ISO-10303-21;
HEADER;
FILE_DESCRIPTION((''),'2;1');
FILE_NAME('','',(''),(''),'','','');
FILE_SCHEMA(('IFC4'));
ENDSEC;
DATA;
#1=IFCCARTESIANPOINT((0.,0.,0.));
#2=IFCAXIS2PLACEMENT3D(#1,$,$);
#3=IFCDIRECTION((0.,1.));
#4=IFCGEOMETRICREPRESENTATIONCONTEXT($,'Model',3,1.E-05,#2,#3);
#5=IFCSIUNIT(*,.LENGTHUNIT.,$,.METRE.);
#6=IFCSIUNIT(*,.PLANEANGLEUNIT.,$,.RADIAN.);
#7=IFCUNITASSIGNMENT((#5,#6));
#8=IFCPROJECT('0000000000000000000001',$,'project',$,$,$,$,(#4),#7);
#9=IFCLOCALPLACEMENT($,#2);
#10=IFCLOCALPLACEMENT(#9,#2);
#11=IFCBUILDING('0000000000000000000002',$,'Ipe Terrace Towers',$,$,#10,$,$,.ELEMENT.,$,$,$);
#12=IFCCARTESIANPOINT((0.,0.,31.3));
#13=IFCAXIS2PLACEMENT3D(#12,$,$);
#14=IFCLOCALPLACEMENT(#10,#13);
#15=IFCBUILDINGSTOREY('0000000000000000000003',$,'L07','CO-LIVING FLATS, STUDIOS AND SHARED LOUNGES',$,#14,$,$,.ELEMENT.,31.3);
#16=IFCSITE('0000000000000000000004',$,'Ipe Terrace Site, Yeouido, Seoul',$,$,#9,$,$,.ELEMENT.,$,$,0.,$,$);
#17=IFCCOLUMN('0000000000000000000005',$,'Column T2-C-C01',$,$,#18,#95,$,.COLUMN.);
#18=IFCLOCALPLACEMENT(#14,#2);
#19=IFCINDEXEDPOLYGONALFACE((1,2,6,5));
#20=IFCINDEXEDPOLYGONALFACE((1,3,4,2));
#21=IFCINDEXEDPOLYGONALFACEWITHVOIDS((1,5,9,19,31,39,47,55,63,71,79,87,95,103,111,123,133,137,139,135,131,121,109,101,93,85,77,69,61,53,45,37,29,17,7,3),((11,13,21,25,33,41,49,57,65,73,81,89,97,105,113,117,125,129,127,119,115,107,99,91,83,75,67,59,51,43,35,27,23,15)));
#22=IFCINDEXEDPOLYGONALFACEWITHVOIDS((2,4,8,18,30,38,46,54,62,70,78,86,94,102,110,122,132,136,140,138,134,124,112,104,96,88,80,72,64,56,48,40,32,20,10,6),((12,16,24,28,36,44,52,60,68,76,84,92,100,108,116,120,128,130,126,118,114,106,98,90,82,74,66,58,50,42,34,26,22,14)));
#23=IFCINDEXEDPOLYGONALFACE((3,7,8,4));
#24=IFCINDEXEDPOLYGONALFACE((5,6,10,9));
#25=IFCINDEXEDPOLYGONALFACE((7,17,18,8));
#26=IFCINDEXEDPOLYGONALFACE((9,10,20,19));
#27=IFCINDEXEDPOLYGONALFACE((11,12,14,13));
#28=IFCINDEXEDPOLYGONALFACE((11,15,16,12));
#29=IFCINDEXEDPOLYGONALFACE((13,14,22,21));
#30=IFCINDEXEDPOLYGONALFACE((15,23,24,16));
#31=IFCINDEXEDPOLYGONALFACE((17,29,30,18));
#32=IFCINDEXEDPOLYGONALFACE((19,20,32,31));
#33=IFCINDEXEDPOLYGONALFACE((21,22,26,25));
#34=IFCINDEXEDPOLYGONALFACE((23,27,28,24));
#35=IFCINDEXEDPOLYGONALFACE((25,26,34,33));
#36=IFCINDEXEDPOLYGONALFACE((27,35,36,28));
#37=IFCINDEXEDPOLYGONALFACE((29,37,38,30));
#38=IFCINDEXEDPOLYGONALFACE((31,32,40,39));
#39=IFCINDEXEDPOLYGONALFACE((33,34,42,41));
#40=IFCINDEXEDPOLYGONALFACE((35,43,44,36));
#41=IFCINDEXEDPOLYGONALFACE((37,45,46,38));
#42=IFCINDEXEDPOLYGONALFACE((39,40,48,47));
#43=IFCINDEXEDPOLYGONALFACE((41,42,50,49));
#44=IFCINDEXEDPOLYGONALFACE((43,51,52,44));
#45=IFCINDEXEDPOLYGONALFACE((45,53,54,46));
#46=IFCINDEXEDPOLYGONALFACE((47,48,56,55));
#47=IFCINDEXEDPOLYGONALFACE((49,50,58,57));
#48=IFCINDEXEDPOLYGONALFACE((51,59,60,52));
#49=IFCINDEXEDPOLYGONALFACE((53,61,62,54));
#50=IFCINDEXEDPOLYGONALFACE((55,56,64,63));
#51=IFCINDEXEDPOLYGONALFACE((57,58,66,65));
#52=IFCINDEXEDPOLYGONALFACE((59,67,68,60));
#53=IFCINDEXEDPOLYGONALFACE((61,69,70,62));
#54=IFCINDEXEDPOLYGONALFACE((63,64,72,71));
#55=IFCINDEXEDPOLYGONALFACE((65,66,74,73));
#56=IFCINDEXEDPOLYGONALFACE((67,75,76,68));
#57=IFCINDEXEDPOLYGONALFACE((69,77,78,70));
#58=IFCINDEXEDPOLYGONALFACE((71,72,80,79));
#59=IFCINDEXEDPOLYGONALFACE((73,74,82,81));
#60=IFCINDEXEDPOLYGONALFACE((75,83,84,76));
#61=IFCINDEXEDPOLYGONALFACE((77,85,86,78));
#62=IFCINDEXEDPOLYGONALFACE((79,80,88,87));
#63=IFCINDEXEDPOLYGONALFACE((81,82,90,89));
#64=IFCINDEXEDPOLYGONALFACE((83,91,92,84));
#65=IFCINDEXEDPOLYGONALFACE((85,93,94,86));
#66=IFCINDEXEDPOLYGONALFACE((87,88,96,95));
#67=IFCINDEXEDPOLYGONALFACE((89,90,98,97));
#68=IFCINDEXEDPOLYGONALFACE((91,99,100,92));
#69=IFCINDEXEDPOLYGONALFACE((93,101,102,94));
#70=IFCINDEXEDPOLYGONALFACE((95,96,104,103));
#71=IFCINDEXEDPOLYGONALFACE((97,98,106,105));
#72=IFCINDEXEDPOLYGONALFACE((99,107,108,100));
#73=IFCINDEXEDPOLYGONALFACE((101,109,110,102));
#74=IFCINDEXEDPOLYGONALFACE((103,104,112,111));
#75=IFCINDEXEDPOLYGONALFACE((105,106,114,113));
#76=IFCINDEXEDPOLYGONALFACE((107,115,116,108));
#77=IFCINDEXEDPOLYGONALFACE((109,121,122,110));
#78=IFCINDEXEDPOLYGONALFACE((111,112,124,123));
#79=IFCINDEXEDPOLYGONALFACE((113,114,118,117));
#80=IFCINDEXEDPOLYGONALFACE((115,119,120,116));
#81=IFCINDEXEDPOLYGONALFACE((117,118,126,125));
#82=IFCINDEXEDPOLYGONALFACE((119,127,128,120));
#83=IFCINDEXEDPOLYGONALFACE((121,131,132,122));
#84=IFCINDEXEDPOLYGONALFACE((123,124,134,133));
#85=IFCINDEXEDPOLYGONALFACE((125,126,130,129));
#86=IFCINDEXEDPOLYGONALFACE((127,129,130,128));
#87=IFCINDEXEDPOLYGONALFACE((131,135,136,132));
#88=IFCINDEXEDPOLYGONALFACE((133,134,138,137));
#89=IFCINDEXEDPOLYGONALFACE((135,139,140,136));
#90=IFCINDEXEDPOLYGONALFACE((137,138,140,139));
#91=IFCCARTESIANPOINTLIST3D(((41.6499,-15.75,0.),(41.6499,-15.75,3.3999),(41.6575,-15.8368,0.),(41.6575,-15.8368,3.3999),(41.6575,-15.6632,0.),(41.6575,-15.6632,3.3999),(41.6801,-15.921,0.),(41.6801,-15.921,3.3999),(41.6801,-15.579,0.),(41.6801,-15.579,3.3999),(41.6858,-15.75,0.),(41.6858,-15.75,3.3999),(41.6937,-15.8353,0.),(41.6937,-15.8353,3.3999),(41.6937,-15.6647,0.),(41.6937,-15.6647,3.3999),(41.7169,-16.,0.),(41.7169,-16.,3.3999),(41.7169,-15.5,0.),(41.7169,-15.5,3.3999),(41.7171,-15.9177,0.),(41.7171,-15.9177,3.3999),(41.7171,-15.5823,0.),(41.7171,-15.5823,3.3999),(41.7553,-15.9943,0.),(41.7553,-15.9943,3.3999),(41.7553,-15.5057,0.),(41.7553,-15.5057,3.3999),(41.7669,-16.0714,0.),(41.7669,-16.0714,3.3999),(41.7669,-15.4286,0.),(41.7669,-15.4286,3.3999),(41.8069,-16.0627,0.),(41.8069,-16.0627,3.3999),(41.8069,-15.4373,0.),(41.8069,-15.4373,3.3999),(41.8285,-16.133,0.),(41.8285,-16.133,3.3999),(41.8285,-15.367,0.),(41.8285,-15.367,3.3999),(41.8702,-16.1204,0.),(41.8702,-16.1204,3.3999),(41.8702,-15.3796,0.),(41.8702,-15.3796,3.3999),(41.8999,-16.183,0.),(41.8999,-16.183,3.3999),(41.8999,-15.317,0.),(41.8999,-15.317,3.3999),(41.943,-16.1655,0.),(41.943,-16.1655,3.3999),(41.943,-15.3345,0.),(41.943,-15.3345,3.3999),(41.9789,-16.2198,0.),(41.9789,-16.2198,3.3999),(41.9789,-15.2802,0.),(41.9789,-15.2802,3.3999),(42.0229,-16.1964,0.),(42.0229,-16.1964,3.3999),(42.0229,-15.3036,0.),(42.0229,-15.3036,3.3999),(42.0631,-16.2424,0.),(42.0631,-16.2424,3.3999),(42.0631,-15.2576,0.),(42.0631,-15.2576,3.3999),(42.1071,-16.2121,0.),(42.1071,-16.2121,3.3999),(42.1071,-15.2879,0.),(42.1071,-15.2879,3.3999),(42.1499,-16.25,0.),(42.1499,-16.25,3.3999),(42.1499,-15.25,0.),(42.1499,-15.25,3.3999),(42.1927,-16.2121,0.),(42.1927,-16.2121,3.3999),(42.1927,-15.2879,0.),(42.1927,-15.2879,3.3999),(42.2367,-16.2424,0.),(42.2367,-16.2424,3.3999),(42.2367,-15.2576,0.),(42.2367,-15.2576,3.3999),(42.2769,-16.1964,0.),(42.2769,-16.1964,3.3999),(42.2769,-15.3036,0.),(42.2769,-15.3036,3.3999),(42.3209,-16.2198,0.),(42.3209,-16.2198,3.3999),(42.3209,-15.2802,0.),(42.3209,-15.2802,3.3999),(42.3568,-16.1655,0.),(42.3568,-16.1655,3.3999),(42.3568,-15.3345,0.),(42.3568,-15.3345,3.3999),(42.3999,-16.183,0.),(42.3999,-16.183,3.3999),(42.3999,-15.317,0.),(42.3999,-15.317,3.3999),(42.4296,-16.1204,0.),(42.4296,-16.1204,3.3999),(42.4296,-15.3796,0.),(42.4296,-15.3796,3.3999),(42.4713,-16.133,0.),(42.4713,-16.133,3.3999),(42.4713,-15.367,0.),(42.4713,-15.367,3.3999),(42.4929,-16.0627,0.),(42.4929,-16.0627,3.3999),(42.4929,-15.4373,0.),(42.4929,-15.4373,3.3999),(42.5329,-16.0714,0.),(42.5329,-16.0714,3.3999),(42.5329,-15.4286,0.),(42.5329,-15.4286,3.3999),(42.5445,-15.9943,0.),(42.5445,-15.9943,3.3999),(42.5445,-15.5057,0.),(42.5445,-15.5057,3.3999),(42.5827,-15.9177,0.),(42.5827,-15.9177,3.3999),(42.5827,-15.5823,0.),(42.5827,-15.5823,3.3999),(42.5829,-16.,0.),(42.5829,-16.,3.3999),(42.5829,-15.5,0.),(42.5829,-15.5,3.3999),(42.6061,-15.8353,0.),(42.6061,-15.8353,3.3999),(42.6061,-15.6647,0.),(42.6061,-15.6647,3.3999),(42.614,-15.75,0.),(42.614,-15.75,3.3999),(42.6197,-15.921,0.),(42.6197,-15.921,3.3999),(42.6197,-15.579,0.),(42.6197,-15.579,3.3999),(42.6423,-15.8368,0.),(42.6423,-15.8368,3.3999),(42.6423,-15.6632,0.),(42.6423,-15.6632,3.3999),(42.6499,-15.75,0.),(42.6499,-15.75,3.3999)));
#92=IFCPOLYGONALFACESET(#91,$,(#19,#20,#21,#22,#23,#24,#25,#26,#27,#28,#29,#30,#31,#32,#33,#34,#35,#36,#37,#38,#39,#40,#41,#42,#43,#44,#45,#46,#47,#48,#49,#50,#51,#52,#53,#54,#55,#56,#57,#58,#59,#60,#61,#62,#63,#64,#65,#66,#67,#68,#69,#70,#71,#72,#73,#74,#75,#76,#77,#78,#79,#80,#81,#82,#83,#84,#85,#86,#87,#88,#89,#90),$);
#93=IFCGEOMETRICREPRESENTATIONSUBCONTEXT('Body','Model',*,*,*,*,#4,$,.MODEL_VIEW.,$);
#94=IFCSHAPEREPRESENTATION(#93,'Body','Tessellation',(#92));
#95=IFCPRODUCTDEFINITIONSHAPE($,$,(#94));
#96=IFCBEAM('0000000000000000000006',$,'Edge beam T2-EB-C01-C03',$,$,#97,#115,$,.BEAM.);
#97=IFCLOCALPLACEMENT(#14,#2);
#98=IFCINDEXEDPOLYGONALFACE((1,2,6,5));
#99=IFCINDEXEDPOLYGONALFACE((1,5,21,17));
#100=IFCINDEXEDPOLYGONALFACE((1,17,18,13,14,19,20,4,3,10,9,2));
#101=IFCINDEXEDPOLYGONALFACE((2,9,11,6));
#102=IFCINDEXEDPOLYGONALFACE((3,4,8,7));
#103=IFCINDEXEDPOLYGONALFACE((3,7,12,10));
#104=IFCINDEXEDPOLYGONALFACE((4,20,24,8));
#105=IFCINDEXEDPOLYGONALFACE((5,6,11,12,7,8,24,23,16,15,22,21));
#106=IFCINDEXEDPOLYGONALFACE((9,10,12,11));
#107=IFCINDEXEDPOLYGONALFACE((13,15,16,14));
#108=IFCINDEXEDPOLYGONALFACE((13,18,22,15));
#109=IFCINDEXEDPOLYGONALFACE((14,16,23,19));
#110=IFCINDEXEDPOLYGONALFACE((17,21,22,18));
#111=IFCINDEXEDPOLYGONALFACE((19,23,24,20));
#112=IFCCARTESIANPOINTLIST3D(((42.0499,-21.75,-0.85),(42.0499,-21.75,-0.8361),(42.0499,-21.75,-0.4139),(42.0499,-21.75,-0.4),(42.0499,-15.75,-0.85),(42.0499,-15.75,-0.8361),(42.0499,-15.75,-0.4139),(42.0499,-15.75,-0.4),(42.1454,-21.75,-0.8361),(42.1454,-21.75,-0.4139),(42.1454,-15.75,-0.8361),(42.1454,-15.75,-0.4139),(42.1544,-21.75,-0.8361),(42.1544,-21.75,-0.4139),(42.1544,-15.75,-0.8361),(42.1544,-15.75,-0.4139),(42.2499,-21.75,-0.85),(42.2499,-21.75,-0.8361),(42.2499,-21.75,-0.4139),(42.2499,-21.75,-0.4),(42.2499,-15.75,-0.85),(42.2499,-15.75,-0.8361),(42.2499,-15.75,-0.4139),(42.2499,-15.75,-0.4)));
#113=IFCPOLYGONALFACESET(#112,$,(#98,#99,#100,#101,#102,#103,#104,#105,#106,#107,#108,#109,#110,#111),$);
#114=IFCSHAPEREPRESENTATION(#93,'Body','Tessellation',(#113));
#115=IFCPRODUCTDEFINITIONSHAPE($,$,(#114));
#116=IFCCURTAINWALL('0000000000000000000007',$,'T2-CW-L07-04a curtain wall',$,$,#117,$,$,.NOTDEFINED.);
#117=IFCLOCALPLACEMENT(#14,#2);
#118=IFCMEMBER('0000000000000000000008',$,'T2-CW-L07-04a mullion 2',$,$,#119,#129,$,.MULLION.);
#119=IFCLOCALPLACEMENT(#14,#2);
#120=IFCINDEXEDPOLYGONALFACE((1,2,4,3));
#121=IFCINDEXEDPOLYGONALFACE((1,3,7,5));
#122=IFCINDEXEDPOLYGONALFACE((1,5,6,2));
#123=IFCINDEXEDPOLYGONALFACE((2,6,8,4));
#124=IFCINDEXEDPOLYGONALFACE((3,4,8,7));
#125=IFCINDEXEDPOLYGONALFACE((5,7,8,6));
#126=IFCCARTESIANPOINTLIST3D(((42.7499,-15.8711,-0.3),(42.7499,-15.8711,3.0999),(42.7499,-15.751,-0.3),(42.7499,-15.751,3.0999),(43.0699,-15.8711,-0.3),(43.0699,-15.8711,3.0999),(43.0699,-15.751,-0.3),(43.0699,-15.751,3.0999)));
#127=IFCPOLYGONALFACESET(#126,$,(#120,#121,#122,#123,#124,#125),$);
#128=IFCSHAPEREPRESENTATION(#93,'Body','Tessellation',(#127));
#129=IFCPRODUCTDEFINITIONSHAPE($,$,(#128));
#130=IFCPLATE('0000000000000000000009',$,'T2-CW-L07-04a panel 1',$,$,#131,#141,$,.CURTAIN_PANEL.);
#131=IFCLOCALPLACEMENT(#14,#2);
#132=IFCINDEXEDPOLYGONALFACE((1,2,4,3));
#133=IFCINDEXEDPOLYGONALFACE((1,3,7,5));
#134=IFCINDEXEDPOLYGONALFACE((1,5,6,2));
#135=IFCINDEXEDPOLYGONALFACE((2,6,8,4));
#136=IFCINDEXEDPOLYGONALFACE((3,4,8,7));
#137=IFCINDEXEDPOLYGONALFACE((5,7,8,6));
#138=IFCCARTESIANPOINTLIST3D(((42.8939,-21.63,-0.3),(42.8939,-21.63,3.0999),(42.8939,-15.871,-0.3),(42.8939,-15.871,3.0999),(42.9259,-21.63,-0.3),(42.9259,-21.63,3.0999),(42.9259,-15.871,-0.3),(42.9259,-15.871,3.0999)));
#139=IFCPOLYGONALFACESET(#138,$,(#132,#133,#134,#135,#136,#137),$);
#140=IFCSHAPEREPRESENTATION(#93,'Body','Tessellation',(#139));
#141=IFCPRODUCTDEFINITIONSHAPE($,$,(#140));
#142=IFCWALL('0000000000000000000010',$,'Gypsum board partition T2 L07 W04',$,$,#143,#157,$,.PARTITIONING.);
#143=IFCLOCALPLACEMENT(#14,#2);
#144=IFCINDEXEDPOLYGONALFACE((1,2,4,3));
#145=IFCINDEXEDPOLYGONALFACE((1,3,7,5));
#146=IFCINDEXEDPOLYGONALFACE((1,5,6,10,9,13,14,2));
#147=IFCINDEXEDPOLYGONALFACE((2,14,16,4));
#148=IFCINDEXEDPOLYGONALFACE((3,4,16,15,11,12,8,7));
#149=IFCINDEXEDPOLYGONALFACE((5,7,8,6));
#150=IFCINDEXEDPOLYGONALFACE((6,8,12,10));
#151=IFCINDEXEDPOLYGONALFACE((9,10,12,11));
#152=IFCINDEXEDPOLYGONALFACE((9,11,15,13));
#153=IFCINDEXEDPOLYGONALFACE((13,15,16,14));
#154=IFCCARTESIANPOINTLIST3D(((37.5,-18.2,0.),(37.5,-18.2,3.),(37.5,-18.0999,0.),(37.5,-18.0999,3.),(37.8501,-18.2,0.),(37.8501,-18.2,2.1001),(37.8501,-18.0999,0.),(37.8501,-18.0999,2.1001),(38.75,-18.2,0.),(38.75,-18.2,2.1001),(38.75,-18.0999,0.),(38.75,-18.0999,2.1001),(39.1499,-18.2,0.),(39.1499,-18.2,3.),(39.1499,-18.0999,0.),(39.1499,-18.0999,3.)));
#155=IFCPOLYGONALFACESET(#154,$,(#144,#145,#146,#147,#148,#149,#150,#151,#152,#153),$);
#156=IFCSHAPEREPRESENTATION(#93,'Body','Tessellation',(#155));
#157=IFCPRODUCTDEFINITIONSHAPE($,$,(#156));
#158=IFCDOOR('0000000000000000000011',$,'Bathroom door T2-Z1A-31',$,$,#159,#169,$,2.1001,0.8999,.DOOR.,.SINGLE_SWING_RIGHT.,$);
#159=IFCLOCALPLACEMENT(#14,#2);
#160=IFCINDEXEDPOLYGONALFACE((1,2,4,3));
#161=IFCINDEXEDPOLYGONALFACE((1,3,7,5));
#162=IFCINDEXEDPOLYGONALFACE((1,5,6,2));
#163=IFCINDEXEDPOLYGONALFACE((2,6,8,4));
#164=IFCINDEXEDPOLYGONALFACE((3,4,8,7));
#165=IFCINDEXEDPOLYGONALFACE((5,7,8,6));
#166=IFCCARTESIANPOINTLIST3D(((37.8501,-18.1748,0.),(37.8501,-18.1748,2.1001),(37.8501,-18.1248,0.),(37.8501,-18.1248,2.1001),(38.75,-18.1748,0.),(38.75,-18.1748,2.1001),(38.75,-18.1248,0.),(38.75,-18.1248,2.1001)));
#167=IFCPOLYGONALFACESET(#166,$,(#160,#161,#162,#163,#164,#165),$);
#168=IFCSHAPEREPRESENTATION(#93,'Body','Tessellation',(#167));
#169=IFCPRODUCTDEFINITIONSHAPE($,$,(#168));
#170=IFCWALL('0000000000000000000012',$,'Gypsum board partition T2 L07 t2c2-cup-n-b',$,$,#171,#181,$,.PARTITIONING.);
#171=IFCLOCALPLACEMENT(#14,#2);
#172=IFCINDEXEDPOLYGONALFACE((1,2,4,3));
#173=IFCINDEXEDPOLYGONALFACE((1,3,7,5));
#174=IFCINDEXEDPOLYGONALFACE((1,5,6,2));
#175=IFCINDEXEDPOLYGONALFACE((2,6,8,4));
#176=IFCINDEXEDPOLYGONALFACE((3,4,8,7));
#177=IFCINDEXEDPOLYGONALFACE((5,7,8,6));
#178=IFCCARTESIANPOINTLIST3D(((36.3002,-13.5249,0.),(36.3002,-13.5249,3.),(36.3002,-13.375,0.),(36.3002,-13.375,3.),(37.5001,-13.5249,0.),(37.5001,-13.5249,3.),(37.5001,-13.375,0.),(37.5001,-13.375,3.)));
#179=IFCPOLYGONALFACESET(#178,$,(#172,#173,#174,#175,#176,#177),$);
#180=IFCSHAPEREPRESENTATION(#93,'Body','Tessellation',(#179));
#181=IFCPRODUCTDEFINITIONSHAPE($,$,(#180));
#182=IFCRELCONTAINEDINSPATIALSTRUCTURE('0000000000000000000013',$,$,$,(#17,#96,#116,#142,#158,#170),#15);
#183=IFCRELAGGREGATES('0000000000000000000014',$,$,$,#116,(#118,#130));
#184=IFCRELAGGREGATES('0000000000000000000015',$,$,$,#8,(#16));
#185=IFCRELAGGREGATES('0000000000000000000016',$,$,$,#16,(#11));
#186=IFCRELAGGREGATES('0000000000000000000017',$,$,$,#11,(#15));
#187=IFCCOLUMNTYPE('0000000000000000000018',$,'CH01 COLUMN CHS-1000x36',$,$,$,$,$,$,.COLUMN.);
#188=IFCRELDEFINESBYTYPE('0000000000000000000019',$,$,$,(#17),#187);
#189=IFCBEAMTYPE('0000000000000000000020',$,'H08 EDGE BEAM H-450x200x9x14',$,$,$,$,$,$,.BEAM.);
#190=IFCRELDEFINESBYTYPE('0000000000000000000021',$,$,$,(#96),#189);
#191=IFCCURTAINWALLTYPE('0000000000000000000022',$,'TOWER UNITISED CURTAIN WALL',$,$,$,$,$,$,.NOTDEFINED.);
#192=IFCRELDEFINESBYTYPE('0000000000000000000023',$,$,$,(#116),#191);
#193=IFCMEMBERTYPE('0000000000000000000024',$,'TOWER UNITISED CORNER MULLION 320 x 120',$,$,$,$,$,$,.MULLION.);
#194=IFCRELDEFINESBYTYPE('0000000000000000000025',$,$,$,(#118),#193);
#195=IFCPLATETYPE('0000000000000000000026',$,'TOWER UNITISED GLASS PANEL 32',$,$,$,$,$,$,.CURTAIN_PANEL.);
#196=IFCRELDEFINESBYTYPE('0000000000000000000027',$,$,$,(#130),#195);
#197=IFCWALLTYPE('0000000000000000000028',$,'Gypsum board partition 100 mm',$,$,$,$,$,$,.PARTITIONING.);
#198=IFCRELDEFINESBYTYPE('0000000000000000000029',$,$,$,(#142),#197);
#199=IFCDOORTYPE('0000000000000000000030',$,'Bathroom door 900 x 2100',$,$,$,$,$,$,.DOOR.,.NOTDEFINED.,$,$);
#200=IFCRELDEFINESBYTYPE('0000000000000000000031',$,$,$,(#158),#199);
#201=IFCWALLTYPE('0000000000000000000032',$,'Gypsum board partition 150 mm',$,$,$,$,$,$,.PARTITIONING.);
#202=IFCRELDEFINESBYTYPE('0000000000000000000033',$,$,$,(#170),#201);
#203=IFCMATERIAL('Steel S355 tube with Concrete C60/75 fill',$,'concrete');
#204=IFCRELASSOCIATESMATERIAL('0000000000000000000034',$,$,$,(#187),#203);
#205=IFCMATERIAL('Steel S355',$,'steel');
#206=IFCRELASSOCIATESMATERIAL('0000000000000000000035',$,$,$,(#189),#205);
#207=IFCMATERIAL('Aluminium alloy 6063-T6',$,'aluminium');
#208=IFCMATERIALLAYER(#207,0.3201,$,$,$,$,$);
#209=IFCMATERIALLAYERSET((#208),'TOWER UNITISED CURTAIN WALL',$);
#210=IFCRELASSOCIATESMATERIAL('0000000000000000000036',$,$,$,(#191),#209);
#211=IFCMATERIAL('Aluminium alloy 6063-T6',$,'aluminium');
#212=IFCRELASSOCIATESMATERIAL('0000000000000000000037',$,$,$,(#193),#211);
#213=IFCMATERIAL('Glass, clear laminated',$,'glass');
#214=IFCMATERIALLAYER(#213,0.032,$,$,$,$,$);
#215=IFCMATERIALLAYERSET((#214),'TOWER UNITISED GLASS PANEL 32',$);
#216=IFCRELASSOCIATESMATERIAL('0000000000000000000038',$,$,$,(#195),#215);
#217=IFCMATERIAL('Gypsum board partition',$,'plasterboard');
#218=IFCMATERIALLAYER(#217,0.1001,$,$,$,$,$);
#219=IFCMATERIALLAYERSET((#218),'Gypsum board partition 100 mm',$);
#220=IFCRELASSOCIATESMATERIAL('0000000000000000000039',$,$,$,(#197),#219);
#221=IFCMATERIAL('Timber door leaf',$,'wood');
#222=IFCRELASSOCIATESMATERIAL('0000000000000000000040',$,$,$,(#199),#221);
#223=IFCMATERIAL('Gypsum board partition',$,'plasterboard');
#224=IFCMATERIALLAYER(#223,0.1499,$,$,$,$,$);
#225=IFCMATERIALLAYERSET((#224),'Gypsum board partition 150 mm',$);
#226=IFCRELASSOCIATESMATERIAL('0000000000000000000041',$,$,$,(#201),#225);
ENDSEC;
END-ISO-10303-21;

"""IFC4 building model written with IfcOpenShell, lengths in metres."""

from ifc_helpers import new_model, si_unit, direction, frame, frame_2d, origin, origin_2d, place, context, subcontext, project, spatial, rectangle, hollow_circle, i_section, extrude, material, layer, layer_set, material_profile, profile_set, type_object, element, fill, aggregate, save


model = new_model("IFC4")

# Units and contexts
model_context = context("Model", 3, precision=1e-05, world=origin(), true_north=direction((0.0, 1.0)))
body_context = subcontext(model_context, "Body", "Model", "MODEL_VIEW")
ifc_project = project(units=[si_unit("LENGTHUNIT", "METRE"), si_unit("PLANEANGLEUNIT", "RADIAN")], contexts=[model_context])

# Site, building, storey
site_placement = place(None, origin())
site = spatial("IfcSite", under=ifc_project, at=site_placement, Name="Ipe Terrace Site, Yeouido, Seoul", CompositionType="ELEMENT", RefElevation=0.0)
building_placement = place(site_placement, origin())
building = spatial("IfcBuilding", under=site, at=building_placement, Name="Ipe Terrace Towers", CompositionType="ELEMENT")
storey_placement = place(building_placement, frame((0.0, 0.0, 31.3)))
storey = spatial("IfcBuildingStorey", under=building, at=storey_placement, Name="L07", Description="CO-LIVING FLATS, STUDIOS AND SHARED LOUNGES", CompositionType="ELEMENT", Elevation=31.3)

# Column
ifc_material_1 = material(Name="Steel S355 tube with Concrete C60/75 fill", Category="concrete")
ifc_material_profile_1 = material_profile(ifc_material_1, hollow_circle(Radius=0.5, WallThickness=0.0359, at=origin_2d()), Name="CHS-1000x36")
ifc_profile_set_1 = profile_set([ifc_material_profile_1], Name="Steel S355 tube with Concrete C60/75 fill")
column_type = type_object("IfcColumnType", Name="CH01 COLUMN CHS-1000x36", PredefinedType="COLUMN", material=ifc_profile_set_1)
column_placement = place(storey_placement, frame((42.1499, -15.75, 0.0), z_axis=(0.0, 0.0, 1.0), x_axis=(1.0, 0.0, 0.0)))
element("IfcColumn", 1, at=column_placement, inside=storey, type_object=column_type, Name="Column T2-C-C01", PredefinedType="COLUMN", context=body_context, shape_type="SweptSolid", body=[
    extrude(hollow_circle(Radius=0.5, WallThickness=0.0359, at=origin_2d()), origin(), (0.0, 0.0, 1.0), 3.3999),
])

# Beam
ifc_material_2 = material(Name="Steel S355", Category="steel")
ifc_material_profile_2 = material_profile(ifc_material_2, i_section(OverallWidth=0.2, OverallDepth=0.45, WebThickness=0.009, FlangeThickness=0.0139, at=origin_2d()), Name="H-450x200x9x14")
ifc_profile_set_2 = profile_set([ifc_material_profile_2], Name="Steel S355")
beam_type = type_object("IfcBeamType", Name="H08 EDGE BEAM H-450x200x9x14", PredefinedType="BEAM", material=ifc_profile_set_2)
beam_placement = place(storey_placement, frame((42.1499, -15.75, -0.625), z_axis=(0.0, -1.0, 0.0), x_axis=(1.0, 0.0, 0.0)))
element("IfcBeam", 2, at=beam_placement, inside=storey, type_object=beam_type, Name="Edge beam T2-EB-C01-C03", PredefinedType="BEAM", context=body_context, shape_type="SweptSolid", body=[
    extrude(i_section(OverallWidth=0.2, OverallDepth=0.45, WebThickness=0.009, FlangeThickness=0.0139, at=origin_2d()), origin(), (0.0, 0.0, 1.0), 6.0),
])

# Curtain wall, member, plate
ifc_material_3 = material(Name="Aluminium alloy 6063-T6", Category="aluminium")
ifc_layer_1 = layer(ifc_material_3, 0.3201)
ifc_layer_set_1 = layer_set([ifc_layer_1], Name="TOWER UNITISED CURTAIN WALL")
curtain_wall_type = type_object("IfcCurtainWallType", Name="TOWER UNITISED CURTAIN WALL", PredefinedType="NOTDEFINED", material=ifc_layer_set_1)
curtain_wall_placement = place(storey_placement, origin())
curtain_wall = element("IfcCurtainWall", 3, at=curtain_wall_placement, inside=storey, type_object=curtain_wall_type, Name="T2-CW-L07-04a curtain wall", PredefinedType="NOTDEFINED")
ifc_material_4 = material(Name="Aluminium alloy 6063-T6", Category="aluminium")
ifc_material_profile_3 = material_profile(ifc_material_4, rectangle(XDim=0.3201, YDim=0.1201, at=origin_2d()), Name="TOWER UNITISED CORNER MULLION 320 x 120")
ifc_profile_set_3 = profile_set([ifc_material_profile_3], Name="Aluminium alloy 6063-T6")
member_type = type_object("IfcMemberType", Name="TOWER UNITISED CORNER MULLION 320 x 120", PredefinedType="MULLION", material=ifc_profile_set_3)
member_placement = place(storey_placement, frame((42.9099, -15.811, -0.3), z_axis=(0.0, 0.0, 1.0), x_axis=(1.0, 0.0, 0.0)))
member = element("IfcMember", 4, at=member_placement, type_object=member_type, Name="T2-CW-L07-04a mullion 2", PredefinedType="MULLION", context=body_context, shape_type="SweptSolid", body=[
    extrude(rectangle(XDim=0.3201, YDim=0.1201, at=origin_2d()), origin(), (0.0, 0.0, 1.0), 3.3999),
])
ifc_material_5 = material(Name="Glass, clear laminated", Category="glass")
ifc_layer_2 = layer(ifc_material_5, 0.032)
ifc_layer_set_2 = layer_set([ifc_layer_2], Name="TOWER UNITISED GLASS PANEL 32")
plate_type = type_object("IfcPlateType", Name="TOWER UNITISED GLASS PANEL 32", PredefinedType="CURTAIN_PANEL", material=ifc_layer_set_2)
plate_placement = place(storey_placement, frame((42.9099, -18.7505, -0.3), z_axis=(0.0, 0.0, 1.0), x_axis=(0.0, 1.0, 0.0)))
plate = element("IfcPlate", 5, at=plate_placement, type_object=plate_type, Name="T2-CW-L07-04a panel 1", PredefinedType="CURTAIN_PANEL", context=body_context, shape_type="SweptSolid", body=[
    extrude(rectangle(XDim=5.759, YDim=0.032, at=origin_2d()), origin(), (0.0, 0.0, 1.0), 3.3999),
])
aggregate(curtain_wall, [member, plate])

# Wall, opening, door
ifc_material_6 = material(Name="Gypsum board partition", Category="plasterboard")
ifc_layer_3 = layer(ifc_material_6, 0.1001)
ifc_layer_set_3 = layer_set([ifc_layer_3], Name="Gypsum board partition 100 mm")
wall_type_1 = type_object("IfcWallType", Name="Gypsum board partition 100 mm", PredefinedType="PARTITIONING", material=ifc_layer_set_3)
wall_1_placement = place(storey_placement, frame((39.1499, -18.1499, 0.0), z_axis=(0.0, 0.0, 1.0), x_axis=(-1.0, 0.0, 0.0)))
wall_1 = element("IfcWall", 6, at=wall_1_placement, inside=storey, type_object=wall_type_1, Name="Gypsum board partition T2 L07 W04", PredefinedType="PARTITIONING", context=body_context, shape_type="SweptSolid", body=[
    extrude(rectangle(XDim=1.6499, YDim=0.1001, at=frame_2d((0.825, 0.0))), origin(), (0.0, 0.0, 1.0), 3.0),
])
opening_1_placement = place(wall_1_placement, frame((0.3999, 0.0, 0.0)))
opening_1 = element("IfcOpeningElement", 7, at=opening_1_placement, cuts=wall_1, PredefinedType="OPENING", context=body_context, shape_type="SweptSolid", body=[
    extrude(rectangle(XDim=0.8999, YDim=2.1001, at=frame_2d((0.45, 1.05))), frame((0.0, 0.0601, 0.0), z_axis=(0.0, -1.0, 0.0), x_axis=(1.0, 0.0, 0.0)), (0.0, 0.0, 1.0), 0.1201),
])
ifc_material_7 = material(Name="Timber door leaf", Category="wood")
door_type_1 = type_object("IfcDoorType", Name="Bathroom door 900 x 2100", OperationType="NOTDEFINED", PredefinedType="DOOR", material=ifc_material_7)
door_1_placement = place(opening_1_placement, origin())
door_1 = element("IfcDoor", 8, at=door_1_placement, inside=storey, type_object=door_type_1, Name="Bathroom door T2-Z1A-31", OperationType="SINGLE_SWING_RIGHT", OverallHeight=2.1001, OverallWidth=0.8999, PredefinedType="DOOR", context=body_context, shape_type="SweptSolid", body=[
    extrude(rectangle(XDim=0.8999, YDim=2.1001, at=frame_2d((0.45, 1.05))), frame((0.0, 0.0249, 0.0), z_axis=(0.0, -1.0, 0.0), x_axis=(1.0, 0.0, 0.0)), (0.0, 0.0, 1.0), 0.05),
])
fill(opening_1, door_1)

# Wall
ifc_material_8 = material(Name="Gypsum board partition", Category="plasterboard")
ifc_layer_4 = layer(ifc_material_8, 0.1499)
ifc_layer_set_4 = layer_set([ifc_layer_4], Name="Gypsum board partition 150 mm")
wall_type_2 = type_object("IfcWallType", Name="Gypsum board partition 150 mm", PredefinedType="PARTITIONING", material=ifc_layer_set_4)
wall_2_placement = place(storey_placement, frame((36.3, -13.45, 0.0), z_axis=(0.0, 0.0, 1.0), x_axis=(1.0, 0.0, 0.0)))
element("IfcWall", 9, at=wall_2_placement, inside=storey, type_object=wall_type_2, Name="Gypsum board partition T2 L07 t2c2-cup-n-b", PredefinedType="PARTITIONING", context=body_context, shape_type="SweptSolid", body=[
    extrude(rectangle(XDim=1.2, YDim=0.1499, at=frame_2d((0.6001, 0.0))), origin(), (0.0, 0.0, 1.0), 3.0),
])

save(model, "model.ifc")
